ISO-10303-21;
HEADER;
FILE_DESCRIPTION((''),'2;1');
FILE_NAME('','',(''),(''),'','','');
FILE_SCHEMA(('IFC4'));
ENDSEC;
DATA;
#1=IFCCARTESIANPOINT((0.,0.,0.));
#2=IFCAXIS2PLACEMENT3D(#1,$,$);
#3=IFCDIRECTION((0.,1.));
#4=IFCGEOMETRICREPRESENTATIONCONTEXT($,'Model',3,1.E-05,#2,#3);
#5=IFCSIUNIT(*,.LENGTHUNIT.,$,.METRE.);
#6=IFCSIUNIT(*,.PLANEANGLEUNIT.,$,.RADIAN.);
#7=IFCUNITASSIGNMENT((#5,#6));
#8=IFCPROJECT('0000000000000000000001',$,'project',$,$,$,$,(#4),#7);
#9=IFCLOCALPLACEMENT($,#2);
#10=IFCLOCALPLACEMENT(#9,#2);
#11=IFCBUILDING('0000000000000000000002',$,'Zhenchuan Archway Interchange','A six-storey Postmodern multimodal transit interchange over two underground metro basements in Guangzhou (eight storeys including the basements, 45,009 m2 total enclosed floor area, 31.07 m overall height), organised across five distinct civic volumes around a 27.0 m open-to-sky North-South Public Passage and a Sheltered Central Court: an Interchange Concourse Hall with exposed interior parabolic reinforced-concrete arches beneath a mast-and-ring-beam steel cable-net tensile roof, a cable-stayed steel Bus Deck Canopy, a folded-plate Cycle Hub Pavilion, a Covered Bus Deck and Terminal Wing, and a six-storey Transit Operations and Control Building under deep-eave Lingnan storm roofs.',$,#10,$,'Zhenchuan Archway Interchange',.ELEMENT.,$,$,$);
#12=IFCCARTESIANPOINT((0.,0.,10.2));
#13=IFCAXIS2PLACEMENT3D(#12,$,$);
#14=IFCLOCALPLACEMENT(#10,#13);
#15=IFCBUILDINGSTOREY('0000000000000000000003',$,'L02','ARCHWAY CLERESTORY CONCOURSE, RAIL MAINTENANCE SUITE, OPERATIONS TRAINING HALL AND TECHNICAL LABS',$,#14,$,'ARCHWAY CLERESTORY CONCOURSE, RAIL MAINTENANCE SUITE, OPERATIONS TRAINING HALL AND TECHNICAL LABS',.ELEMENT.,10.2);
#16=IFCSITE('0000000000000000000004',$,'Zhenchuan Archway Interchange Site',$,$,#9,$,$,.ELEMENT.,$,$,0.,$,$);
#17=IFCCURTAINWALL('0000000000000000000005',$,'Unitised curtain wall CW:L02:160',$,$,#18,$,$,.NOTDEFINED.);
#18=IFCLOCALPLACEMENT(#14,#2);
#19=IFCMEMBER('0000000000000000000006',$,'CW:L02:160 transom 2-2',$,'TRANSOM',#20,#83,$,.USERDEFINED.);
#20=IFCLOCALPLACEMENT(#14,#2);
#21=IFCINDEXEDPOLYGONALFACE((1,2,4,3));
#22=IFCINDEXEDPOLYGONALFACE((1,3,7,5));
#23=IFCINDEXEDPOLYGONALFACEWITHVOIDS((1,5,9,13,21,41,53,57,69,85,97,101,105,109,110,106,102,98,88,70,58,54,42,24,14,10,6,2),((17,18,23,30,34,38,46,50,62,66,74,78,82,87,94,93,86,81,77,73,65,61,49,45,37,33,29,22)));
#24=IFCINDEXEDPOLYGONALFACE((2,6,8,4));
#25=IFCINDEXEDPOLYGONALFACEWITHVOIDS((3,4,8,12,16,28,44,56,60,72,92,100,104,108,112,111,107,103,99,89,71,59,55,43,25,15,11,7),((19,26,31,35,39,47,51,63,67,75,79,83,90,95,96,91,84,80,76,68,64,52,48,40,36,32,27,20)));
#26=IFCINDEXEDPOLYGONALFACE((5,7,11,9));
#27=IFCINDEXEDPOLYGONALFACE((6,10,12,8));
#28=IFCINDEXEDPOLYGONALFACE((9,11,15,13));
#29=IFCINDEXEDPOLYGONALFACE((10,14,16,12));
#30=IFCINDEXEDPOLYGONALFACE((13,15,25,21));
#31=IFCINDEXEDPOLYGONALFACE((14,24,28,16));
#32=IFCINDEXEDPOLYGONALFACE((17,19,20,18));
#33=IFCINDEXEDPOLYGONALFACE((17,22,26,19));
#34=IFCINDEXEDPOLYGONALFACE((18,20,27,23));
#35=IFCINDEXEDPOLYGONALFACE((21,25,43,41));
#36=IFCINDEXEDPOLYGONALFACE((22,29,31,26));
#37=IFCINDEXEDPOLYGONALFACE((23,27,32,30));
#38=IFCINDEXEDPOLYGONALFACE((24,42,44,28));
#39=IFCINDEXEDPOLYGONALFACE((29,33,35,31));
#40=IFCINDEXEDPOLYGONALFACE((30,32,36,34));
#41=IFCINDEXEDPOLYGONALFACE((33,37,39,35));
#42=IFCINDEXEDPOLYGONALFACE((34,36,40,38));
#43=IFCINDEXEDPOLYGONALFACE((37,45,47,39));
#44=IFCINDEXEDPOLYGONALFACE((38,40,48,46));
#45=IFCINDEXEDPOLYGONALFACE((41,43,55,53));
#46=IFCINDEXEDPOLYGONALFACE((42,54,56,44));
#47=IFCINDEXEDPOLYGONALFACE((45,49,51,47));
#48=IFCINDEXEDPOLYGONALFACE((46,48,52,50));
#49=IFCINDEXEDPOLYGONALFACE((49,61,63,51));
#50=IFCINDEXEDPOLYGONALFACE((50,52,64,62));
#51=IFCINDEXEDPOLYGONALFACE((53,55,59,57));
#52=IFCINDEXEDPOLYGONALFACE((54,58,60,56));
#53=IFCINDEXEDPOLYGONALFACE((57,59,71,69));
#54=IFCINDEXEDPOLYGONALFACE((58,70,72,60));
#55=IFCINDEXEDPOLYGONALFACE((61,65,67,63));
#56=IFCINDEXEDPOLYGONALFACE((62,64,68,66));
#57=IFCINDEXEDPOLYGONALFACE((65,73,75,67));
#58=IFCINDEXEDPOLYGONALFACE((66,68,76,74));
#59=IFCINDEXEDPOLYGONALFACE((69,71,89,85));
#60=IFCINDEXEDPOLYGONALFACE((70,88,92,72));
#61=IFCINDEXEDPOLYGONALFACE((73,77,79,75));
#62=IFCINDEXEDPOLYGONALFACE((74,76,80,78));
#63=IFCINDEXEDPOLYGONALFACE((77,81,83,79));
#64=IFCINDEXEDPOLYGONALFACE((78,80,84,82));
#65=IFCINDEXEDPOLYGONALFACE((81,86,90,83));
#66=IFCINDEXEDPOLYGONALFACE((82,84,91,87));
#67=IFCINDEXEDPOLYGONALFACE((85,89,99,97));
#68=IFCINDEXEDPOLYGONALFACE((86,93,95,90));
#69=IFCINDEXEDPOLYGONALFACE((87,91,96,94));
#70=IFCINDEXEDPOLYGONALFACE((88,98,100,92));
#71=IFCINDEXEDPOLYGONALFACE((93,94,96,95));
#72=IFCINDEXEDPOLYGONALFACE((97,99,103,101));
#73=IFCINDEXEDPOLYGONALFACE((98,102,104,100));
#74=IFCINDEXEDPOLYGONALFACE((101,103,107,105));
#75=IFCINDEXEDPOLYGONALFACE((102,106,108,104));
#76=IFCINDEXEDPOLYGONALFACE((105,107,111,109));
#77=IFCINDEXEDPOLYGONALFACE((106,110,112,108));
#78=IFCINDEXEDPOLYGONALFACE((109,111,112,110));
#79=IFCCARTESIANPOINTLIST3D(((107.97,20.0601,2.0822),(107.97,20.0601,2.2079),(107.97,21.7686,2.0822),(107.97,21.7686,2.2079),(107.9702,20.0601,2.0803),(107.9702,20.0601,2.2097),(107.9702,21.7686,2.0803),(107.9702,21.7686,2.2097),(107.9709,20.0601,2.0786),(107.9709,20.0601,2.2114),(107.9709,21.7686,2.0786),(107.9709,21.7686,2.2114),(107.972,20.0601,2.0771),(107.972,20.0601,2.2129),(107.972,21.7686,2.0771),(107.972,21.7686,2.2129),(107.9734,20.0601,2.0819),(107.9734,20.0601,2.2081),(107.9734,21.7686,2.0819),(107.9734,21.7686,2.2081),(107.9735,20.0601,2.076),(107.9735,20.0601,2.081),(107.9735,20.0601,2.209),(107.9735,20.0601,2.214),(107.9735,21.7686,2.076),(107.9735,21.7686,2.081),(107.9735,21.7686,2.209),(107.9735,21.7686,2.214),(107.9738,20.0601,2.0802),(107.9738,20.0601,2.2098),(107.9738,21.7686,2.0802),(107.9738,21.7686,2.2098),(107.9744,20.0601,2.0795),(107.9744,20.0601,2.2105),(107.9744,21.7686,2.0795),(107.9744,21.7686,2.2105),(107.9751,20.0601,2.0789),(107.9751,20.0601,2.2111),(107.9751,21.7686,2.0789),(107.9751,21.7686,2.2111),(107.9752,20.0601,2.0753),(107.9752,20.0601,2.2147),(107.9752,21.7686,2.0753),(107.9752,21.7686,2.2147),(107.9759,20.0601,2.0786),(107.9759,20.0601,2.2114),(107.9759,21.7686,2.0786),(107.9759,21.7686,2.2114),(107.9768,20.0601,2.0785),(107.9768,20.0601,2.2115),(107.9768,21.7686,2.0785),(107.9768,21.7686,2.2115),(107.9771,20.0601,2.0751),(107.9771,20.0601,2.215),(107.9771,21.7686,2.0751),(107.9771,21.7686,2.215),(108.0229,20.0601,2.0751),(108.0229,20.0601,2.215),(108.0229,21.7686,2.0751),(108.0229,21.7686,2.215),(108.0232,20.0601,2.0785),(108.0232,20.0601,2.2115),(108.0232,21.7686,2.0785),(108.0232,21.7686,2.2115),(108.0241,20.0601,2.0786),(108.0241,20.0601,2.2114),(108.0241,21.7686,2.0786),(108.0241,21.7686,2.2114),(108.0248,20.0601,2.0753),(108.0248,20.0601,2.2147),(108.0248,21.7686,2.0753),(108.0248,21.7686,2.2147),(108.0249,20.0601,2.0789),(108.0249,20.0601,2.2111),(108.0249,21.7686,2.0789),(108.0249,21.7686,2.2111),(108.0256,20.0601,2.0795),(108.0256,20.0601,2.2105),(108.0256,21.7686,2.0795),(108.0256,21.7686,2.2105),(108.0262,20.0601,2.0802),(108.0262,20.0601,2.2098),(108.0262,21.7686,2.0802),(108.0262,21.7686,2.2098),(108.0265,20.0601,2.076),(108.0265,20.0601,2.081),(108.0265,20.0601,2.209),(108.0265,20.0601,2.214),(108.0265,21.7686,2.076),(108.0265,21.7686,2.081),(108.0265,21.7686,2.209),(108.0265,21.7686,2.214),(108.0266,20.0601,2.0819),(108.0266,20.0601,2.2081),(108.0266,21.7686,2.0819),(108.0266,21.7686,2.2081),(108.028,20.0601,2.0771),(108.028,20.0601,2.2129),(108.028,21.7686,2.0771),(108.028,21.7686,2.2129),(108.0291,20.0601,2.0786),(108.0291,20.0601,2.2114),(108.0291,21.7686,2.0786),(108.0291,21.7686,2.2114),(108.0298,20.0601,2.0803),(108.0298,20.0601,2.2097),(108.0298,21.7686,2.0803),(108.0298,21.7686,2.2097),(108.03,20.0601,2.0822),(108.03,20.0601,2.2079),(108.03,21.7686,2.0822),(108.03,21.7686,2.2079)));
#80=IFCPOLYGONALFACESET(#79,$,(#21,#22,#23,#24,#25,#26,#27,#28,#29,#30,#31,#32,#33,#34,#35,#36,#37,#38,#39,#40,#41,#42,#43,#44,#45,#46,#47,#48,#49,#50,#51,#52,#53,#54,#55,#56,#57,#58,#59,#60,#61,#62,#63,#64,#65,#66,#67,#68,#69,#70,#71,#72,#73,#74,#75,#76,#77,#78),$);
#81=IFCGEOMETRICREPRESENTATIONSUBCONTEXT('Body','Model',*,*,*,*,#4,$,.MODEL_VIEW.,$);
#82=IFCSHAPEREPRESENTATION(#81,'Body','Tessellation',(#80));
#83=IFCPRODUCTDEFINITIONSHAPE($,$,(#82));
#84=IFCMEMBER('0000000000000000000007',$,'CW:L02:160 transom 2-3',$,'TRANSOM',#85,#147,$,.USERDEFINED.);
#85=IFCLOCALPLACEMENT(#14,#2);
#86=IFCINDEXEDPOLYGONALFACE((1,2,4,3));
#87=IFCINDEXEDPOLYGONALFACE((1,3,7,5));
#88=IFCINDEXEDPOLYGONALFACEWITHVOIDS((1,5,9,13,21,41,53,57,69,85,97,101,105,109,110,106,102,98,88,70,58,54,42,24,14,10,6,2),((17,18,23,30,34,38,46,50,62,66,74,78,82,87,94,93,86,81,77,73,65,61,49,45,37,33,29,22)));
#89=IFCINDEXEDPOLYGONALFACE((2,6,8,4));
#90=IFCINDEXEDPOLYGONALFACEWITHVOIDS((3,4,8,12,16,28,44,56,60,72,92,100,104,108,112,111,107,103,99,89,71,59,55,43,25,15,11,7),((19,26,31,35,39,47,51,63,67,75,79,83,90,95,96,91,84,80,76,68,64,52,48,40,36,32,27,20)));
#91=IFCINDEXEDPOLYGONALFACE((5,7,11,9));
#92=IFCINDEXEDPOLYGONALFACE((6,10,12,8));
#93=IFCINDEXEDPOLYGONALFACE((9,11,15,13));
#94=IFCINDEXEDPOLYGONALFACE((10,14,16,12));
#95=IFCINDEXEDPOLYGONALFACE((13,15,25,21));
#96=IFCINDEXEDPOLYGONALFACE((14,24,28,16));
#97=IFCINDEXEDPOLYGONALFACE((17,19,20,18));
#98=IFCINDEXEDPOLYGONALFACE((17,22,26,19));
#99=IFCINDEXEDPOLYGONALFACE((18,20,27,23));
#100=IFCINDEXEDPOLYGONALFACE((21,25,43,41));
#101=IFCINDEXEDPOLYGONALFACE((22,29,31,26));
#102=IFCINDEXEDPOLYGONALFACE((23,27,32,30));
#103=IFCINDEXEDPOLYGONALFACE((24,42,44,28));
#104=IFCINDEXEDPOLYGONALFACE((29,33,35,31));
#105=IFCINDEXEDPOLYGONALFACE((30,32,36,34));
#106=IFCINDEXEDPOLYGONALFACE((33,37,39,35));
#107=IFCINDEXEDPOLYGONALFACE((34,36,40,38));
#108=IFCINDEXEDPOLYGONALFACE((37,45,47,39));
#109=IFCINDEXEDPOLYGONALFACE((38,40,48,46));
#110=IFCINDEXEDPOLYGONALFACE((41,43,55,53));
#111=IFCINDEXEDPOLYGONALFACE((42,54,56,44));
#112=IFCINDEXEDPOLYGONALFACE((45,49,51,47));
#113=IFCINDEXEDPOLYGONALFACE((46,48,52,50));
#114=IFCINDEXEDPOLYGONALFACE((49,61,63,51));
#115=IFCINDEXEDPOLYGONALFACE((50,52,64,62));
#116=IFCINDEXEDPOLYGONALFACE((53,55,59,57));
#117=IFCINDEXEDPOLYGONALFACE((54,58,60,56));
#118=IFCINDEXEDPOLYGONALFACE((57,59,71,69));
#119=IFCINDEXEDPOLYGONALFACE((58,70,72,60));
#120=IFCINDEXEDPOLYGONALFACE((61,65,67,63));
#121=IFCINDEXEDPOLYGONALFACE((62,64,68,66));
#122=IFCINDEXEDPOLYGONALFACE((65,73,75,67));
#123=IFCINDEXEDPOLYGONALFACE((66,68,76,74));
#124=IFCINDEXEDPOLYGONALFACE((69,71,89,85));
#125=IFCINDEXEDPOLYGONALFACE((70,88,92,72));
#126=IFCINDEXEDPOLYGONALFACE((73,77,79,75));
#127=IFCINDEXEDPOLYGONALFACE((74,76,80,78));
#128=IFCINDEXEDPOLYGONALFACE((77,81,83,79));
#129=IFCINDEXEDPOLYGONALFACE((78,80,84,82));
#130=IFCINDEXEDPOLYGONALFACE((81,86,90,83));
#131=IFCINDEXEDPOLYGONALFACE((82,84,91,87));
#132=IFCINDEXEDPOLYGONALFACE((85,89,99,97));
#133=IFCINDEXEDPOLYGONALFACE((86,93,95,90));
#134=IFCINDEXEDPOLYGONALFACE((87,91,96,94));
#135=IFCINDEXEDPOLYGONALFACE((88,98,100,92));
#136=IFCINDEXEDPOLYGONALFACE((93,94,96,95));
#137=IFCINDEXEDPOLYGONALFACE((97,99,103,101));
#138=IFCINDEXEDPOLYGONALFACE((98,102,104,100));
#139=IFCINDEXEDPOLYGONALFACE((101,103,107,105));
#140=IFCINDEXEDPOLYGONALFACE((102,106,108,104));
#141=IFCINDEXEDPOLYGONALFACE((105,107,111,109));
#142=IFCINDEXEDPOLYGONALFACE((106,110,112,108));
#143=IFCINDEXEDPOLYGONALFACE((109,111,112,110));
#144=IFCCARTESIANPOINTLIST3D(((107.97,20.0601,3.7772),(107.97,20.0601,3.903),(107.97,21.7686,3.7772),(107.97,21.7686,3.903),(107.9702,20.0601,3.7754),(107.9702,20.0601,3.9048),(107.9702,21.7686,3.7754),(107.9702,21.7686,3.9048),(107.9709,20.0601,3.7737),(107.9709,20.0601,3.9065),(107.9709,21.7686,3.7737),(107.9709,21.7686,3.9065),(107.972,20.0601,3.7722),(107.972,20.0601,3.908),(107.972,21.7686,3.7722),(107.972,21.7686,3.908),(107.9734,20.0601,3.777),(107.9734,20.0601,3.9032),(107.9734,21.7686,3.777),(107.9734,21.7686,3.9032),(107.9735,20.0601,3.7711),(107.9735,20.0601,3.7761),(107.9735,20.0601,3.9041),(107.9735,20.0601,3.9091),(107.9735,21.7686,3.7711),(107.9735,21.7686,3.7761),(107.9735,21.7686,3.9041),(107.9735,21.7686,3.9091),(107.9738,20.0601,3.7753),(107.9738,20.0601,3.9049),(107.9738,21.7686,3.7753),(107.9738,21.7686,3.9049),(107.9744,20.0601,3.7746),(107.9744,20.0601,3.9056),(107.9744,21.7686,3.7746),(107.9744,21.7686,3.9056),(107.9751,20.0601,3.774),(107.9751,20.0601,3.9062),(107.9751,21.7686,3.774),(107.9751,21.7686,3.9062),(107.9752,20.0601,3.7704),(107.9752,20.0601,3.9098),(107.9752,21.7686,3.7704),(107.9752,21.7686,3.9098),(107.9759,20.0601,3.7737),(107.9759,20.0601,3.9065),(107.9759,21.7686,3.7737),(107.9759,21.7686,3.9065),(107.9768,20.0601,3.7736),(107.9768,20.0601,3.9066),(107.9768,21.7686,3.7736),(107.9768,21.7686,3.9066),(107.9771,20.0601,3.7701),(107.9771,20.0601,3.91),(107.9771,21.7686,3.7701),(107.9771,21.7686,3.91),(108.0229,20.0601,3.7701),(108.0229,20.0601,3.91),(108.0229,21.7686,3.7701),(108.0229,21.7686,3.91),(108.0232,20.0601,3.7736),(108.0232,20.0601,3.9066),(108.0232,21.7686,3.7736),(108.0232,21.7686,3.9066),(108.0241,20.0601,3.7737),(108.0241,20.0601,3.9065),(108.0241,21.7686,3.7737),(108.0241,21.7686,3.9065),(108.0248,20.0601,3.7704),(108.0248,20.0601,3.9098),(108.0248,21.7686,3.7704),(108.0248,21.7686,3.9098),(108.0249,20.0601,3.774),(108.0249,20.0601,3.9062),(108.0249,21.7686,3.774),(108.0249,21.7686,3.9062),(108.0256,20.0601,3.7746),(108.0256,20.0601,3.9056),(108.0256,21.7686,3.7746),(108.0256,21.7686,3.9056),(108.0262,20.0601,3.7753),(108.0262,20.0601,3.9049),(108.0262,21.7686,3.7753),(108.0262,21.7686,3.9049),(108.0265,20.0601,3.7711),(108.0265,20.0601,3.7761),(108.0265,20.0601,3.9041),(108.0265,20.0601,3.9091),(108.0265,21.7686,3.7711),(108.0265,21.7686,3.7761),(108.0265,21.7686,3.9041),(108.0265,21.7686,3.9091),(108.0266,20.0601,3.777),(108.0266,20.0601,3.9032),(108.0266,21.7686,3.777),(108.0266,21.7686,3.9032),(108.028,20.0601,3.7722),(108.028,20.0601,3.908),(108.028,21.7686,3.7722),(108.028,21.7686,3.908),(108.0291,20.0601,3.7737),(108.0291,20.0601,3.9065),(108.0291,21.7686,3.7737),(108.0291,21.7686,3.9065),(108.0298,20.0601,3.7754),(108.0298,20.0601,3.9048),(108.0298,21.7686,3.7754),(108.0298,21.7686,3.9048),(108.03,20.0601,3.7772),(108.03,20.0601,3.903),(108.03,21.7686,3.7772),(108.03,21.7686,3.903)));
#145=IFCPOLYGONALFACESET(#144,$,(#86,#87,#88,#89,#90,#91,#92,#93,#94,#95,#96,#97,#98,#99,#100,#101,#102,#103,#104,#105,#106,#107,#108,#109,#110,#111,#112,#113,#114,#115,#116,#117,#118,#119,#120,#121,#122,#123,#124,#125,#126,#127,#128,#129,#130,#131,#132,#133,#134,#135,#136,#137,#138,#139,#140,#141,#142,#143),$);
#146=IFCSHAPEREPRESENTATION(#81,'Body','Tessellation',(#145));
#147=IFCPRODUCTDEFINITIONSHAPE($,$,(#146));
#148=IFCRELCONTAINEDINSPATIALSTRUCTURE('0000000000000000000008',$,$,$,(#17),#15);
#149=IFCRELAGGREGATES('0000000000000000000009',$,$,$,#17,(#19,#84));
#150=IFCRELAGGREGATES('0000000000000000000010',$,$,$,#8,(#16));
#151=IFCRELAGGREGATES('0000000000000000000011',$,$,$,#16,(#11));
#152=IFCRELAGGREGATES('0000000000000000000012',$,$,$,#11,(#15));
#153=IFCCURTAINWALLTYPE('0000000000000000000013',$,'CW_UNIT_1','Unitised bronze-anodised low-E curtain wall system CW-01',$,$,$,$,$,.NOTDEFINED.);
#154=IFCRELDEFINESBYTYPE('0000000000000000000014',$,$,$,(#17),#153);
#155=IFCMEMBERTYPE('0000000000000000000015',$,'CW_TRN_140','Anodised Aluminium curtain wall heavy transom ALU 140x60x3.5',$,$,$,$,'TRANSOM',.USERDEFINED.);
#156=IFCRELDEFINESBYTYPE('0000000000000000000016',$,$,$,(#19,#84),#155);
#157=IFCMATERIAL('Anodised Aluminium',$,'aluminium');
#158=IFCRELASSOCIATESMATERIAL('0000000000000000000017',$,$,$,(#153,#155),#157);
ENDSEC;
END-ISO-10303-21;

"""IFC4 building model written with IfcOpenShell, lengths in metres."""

from ifc_helpers import new_model, si_unit, direction, frame, origin, origin_2d, place, context, subcontext, project, spatial, hollow_rectangle, extrude, material, material_profile, profile_set, type_object, element, aggregate, save


model = new_model("IFC4")

# Units and contexts
model_context = context("Model", 3, precision=1e-05, world=origin(), true_north=direction((0.0, 1.0)))
body_context = subcontext(model_context, "Body", "Model", "MODEL_VIEW")
ifc_project = project(units=[si_unit("LENGTHUNIT", "METRE"), si_unit("PLANEANGLEUNIT", "RADIAN")], contexts=[model_context])

# Site, building, storey
site_placement = place(None, origin())
site = spatial("IfcSite", under=ifc_project, at=site_placement, Name="Zhenchuan Archway Interchange Site", CompositionType="ELEMENT", RefElevation=0.0)
building_placement = place(site_placement, origin())
building = spatial("IfcBuilding", under=site, at=building_placement, Name="Zhenchuan Archway Interchange", Description="A six-storey Postmodern multimodal transit interchange over two underground metro basements in Guangzhou (eight storeys including the basements, 45,009 m2 total enclosed floor area, 31.07 m overall height), organised across five distinct civic volumes around a 27.0 m open-to-sky North-South Public Passage and a Sheltered Central Court: an Interchange Concourse Hall with exposed interior parabolic reinforced-concrete arches beneath a mast-and-ring-beam steel cable-net tensile roof, a cable-stayed steel Bus Deck Canopy, a folded-plate Cycle Hub Pavilion, a Covered Bus Deck and Terminal Wing, and a six-storey Transit Operations and Control Building under deep-eave Lingnan storm roofs.", LongName="Zhenchuan Archway Interchange", CompositionType="ELEMENT")
storey_placement = place(building_placement, frame((0.0, 0.0, 10.2)))
storey = spatial("IfcBuildingStorey", under=building, at=storey_placement, Name="L02", Description="ARCHWAY CLERESTORY CONCOURSE, RAIL MAINTENANCE SUITE, OPERATIONS TRAINING HALL AND TECHNICAL LABS", LongName="ARCHWAY CLERESTORY CONCOURSE, RAIL MAINTENANCE SUITE, OPERATIONS TRAINING HALL AND TECHNICAL LABS", CompositionType="ELEMENT", Elevation=10.2)

# Curtain wall, members
ifc_material_1 = material(Name="Anodised Aluminium", Category="aluminium")
curtain_wall_type = type_object("IfcCurtainWallType", Name="CW_UNIT_1", Description="Unitised bronze-anodised low-E curtain wall system CW-01", PredefinedType="NOTDEFINED", material=ifc_material_1)
curtain_wall_placement = place(storey_placement, origin())
curtain_wall = element("IfcCurtainWall", 1, at=curtain_wall_placement, inside=storey, type_object=curtain_wall_type, Name="Unitised curtain wall CW:L02:160", PredefinedType="NOTDEFINED")
ifc_material_profile_1 = material_profile(ifc_material_1, hollow_rectangle(XDim=0.0601, YDim=0.1399, WallThickness=0.0034, InnerFilletRadius=0.0034, OuterFilletRadius=0.0071, at=origin_2d()), Name="ALU 140x60x3.5")
ifc_profile_set_1 = profile_set([ifc_material_profile_1], Name="Anodised Aluminium")
member_type_1 = type_object("IfcMemberType", Name="CW_TRN_140", Description="Anodised Aluminium curtain wall heavy transom ALU 140x60x3.5", ElementType="TRANSOM", PredefinedType="USERDEFINED", material=ifc_profile_set_1)
member_1_placement = place(storey_placement, frame((108.0, 20.0601, 2.145), z_axis=(0.0, 1.0, 0.0), x_axis=(-1.0, 0.0, 0.0)))
member_1 = element("IfcMember", 2, at=member_1_placement, type_object=member_type_1, Name="CW:L02:160 transom 2-2", ObjectType="TRANSOM", PredefinedType="USERDEFINED", context=body_context, shape_type="SweptSolid", body=[
    extrude(hollow_rectangle(XDim=0.0601, YDim=0.1399, WallThickness=0.0034, InnerFilletRadius=0.0034, OuterFilletRadius=0.0071, at=origin_2d()), origin(), (0.0, 0.0, 1.0), 1.7085),
])
member_2_placement = place(storey_placement, frame((108.0, 20.0601, 3.8401), z_axis=(0.0, 1.0, 0.0), x_axis=(-1.0, 0.0, 0.0)))
member_2 = element("IfcMember", 3, at=member_2_placement, type_object=member_type_1, Name="CW:L02:160 transom 2-3", ObjectType="TRANSOM", PredefinedType="USERDEFINED", context=body_context, shape_type="SweptSolid", body=[
    extrude(hollow_rectangle(XDim=0.0601, YDim=0.1399, WallThickness=0.0034, InnerFilletRadius=0.0034, OuterFilletRadius=0.0071, at=origin_2d()), origin(), (0.0, 0.0, 1.0), 1.7085),
])

aggregate(curtain_wall, [member_1, member_2])

save(model, "model.ifc")
